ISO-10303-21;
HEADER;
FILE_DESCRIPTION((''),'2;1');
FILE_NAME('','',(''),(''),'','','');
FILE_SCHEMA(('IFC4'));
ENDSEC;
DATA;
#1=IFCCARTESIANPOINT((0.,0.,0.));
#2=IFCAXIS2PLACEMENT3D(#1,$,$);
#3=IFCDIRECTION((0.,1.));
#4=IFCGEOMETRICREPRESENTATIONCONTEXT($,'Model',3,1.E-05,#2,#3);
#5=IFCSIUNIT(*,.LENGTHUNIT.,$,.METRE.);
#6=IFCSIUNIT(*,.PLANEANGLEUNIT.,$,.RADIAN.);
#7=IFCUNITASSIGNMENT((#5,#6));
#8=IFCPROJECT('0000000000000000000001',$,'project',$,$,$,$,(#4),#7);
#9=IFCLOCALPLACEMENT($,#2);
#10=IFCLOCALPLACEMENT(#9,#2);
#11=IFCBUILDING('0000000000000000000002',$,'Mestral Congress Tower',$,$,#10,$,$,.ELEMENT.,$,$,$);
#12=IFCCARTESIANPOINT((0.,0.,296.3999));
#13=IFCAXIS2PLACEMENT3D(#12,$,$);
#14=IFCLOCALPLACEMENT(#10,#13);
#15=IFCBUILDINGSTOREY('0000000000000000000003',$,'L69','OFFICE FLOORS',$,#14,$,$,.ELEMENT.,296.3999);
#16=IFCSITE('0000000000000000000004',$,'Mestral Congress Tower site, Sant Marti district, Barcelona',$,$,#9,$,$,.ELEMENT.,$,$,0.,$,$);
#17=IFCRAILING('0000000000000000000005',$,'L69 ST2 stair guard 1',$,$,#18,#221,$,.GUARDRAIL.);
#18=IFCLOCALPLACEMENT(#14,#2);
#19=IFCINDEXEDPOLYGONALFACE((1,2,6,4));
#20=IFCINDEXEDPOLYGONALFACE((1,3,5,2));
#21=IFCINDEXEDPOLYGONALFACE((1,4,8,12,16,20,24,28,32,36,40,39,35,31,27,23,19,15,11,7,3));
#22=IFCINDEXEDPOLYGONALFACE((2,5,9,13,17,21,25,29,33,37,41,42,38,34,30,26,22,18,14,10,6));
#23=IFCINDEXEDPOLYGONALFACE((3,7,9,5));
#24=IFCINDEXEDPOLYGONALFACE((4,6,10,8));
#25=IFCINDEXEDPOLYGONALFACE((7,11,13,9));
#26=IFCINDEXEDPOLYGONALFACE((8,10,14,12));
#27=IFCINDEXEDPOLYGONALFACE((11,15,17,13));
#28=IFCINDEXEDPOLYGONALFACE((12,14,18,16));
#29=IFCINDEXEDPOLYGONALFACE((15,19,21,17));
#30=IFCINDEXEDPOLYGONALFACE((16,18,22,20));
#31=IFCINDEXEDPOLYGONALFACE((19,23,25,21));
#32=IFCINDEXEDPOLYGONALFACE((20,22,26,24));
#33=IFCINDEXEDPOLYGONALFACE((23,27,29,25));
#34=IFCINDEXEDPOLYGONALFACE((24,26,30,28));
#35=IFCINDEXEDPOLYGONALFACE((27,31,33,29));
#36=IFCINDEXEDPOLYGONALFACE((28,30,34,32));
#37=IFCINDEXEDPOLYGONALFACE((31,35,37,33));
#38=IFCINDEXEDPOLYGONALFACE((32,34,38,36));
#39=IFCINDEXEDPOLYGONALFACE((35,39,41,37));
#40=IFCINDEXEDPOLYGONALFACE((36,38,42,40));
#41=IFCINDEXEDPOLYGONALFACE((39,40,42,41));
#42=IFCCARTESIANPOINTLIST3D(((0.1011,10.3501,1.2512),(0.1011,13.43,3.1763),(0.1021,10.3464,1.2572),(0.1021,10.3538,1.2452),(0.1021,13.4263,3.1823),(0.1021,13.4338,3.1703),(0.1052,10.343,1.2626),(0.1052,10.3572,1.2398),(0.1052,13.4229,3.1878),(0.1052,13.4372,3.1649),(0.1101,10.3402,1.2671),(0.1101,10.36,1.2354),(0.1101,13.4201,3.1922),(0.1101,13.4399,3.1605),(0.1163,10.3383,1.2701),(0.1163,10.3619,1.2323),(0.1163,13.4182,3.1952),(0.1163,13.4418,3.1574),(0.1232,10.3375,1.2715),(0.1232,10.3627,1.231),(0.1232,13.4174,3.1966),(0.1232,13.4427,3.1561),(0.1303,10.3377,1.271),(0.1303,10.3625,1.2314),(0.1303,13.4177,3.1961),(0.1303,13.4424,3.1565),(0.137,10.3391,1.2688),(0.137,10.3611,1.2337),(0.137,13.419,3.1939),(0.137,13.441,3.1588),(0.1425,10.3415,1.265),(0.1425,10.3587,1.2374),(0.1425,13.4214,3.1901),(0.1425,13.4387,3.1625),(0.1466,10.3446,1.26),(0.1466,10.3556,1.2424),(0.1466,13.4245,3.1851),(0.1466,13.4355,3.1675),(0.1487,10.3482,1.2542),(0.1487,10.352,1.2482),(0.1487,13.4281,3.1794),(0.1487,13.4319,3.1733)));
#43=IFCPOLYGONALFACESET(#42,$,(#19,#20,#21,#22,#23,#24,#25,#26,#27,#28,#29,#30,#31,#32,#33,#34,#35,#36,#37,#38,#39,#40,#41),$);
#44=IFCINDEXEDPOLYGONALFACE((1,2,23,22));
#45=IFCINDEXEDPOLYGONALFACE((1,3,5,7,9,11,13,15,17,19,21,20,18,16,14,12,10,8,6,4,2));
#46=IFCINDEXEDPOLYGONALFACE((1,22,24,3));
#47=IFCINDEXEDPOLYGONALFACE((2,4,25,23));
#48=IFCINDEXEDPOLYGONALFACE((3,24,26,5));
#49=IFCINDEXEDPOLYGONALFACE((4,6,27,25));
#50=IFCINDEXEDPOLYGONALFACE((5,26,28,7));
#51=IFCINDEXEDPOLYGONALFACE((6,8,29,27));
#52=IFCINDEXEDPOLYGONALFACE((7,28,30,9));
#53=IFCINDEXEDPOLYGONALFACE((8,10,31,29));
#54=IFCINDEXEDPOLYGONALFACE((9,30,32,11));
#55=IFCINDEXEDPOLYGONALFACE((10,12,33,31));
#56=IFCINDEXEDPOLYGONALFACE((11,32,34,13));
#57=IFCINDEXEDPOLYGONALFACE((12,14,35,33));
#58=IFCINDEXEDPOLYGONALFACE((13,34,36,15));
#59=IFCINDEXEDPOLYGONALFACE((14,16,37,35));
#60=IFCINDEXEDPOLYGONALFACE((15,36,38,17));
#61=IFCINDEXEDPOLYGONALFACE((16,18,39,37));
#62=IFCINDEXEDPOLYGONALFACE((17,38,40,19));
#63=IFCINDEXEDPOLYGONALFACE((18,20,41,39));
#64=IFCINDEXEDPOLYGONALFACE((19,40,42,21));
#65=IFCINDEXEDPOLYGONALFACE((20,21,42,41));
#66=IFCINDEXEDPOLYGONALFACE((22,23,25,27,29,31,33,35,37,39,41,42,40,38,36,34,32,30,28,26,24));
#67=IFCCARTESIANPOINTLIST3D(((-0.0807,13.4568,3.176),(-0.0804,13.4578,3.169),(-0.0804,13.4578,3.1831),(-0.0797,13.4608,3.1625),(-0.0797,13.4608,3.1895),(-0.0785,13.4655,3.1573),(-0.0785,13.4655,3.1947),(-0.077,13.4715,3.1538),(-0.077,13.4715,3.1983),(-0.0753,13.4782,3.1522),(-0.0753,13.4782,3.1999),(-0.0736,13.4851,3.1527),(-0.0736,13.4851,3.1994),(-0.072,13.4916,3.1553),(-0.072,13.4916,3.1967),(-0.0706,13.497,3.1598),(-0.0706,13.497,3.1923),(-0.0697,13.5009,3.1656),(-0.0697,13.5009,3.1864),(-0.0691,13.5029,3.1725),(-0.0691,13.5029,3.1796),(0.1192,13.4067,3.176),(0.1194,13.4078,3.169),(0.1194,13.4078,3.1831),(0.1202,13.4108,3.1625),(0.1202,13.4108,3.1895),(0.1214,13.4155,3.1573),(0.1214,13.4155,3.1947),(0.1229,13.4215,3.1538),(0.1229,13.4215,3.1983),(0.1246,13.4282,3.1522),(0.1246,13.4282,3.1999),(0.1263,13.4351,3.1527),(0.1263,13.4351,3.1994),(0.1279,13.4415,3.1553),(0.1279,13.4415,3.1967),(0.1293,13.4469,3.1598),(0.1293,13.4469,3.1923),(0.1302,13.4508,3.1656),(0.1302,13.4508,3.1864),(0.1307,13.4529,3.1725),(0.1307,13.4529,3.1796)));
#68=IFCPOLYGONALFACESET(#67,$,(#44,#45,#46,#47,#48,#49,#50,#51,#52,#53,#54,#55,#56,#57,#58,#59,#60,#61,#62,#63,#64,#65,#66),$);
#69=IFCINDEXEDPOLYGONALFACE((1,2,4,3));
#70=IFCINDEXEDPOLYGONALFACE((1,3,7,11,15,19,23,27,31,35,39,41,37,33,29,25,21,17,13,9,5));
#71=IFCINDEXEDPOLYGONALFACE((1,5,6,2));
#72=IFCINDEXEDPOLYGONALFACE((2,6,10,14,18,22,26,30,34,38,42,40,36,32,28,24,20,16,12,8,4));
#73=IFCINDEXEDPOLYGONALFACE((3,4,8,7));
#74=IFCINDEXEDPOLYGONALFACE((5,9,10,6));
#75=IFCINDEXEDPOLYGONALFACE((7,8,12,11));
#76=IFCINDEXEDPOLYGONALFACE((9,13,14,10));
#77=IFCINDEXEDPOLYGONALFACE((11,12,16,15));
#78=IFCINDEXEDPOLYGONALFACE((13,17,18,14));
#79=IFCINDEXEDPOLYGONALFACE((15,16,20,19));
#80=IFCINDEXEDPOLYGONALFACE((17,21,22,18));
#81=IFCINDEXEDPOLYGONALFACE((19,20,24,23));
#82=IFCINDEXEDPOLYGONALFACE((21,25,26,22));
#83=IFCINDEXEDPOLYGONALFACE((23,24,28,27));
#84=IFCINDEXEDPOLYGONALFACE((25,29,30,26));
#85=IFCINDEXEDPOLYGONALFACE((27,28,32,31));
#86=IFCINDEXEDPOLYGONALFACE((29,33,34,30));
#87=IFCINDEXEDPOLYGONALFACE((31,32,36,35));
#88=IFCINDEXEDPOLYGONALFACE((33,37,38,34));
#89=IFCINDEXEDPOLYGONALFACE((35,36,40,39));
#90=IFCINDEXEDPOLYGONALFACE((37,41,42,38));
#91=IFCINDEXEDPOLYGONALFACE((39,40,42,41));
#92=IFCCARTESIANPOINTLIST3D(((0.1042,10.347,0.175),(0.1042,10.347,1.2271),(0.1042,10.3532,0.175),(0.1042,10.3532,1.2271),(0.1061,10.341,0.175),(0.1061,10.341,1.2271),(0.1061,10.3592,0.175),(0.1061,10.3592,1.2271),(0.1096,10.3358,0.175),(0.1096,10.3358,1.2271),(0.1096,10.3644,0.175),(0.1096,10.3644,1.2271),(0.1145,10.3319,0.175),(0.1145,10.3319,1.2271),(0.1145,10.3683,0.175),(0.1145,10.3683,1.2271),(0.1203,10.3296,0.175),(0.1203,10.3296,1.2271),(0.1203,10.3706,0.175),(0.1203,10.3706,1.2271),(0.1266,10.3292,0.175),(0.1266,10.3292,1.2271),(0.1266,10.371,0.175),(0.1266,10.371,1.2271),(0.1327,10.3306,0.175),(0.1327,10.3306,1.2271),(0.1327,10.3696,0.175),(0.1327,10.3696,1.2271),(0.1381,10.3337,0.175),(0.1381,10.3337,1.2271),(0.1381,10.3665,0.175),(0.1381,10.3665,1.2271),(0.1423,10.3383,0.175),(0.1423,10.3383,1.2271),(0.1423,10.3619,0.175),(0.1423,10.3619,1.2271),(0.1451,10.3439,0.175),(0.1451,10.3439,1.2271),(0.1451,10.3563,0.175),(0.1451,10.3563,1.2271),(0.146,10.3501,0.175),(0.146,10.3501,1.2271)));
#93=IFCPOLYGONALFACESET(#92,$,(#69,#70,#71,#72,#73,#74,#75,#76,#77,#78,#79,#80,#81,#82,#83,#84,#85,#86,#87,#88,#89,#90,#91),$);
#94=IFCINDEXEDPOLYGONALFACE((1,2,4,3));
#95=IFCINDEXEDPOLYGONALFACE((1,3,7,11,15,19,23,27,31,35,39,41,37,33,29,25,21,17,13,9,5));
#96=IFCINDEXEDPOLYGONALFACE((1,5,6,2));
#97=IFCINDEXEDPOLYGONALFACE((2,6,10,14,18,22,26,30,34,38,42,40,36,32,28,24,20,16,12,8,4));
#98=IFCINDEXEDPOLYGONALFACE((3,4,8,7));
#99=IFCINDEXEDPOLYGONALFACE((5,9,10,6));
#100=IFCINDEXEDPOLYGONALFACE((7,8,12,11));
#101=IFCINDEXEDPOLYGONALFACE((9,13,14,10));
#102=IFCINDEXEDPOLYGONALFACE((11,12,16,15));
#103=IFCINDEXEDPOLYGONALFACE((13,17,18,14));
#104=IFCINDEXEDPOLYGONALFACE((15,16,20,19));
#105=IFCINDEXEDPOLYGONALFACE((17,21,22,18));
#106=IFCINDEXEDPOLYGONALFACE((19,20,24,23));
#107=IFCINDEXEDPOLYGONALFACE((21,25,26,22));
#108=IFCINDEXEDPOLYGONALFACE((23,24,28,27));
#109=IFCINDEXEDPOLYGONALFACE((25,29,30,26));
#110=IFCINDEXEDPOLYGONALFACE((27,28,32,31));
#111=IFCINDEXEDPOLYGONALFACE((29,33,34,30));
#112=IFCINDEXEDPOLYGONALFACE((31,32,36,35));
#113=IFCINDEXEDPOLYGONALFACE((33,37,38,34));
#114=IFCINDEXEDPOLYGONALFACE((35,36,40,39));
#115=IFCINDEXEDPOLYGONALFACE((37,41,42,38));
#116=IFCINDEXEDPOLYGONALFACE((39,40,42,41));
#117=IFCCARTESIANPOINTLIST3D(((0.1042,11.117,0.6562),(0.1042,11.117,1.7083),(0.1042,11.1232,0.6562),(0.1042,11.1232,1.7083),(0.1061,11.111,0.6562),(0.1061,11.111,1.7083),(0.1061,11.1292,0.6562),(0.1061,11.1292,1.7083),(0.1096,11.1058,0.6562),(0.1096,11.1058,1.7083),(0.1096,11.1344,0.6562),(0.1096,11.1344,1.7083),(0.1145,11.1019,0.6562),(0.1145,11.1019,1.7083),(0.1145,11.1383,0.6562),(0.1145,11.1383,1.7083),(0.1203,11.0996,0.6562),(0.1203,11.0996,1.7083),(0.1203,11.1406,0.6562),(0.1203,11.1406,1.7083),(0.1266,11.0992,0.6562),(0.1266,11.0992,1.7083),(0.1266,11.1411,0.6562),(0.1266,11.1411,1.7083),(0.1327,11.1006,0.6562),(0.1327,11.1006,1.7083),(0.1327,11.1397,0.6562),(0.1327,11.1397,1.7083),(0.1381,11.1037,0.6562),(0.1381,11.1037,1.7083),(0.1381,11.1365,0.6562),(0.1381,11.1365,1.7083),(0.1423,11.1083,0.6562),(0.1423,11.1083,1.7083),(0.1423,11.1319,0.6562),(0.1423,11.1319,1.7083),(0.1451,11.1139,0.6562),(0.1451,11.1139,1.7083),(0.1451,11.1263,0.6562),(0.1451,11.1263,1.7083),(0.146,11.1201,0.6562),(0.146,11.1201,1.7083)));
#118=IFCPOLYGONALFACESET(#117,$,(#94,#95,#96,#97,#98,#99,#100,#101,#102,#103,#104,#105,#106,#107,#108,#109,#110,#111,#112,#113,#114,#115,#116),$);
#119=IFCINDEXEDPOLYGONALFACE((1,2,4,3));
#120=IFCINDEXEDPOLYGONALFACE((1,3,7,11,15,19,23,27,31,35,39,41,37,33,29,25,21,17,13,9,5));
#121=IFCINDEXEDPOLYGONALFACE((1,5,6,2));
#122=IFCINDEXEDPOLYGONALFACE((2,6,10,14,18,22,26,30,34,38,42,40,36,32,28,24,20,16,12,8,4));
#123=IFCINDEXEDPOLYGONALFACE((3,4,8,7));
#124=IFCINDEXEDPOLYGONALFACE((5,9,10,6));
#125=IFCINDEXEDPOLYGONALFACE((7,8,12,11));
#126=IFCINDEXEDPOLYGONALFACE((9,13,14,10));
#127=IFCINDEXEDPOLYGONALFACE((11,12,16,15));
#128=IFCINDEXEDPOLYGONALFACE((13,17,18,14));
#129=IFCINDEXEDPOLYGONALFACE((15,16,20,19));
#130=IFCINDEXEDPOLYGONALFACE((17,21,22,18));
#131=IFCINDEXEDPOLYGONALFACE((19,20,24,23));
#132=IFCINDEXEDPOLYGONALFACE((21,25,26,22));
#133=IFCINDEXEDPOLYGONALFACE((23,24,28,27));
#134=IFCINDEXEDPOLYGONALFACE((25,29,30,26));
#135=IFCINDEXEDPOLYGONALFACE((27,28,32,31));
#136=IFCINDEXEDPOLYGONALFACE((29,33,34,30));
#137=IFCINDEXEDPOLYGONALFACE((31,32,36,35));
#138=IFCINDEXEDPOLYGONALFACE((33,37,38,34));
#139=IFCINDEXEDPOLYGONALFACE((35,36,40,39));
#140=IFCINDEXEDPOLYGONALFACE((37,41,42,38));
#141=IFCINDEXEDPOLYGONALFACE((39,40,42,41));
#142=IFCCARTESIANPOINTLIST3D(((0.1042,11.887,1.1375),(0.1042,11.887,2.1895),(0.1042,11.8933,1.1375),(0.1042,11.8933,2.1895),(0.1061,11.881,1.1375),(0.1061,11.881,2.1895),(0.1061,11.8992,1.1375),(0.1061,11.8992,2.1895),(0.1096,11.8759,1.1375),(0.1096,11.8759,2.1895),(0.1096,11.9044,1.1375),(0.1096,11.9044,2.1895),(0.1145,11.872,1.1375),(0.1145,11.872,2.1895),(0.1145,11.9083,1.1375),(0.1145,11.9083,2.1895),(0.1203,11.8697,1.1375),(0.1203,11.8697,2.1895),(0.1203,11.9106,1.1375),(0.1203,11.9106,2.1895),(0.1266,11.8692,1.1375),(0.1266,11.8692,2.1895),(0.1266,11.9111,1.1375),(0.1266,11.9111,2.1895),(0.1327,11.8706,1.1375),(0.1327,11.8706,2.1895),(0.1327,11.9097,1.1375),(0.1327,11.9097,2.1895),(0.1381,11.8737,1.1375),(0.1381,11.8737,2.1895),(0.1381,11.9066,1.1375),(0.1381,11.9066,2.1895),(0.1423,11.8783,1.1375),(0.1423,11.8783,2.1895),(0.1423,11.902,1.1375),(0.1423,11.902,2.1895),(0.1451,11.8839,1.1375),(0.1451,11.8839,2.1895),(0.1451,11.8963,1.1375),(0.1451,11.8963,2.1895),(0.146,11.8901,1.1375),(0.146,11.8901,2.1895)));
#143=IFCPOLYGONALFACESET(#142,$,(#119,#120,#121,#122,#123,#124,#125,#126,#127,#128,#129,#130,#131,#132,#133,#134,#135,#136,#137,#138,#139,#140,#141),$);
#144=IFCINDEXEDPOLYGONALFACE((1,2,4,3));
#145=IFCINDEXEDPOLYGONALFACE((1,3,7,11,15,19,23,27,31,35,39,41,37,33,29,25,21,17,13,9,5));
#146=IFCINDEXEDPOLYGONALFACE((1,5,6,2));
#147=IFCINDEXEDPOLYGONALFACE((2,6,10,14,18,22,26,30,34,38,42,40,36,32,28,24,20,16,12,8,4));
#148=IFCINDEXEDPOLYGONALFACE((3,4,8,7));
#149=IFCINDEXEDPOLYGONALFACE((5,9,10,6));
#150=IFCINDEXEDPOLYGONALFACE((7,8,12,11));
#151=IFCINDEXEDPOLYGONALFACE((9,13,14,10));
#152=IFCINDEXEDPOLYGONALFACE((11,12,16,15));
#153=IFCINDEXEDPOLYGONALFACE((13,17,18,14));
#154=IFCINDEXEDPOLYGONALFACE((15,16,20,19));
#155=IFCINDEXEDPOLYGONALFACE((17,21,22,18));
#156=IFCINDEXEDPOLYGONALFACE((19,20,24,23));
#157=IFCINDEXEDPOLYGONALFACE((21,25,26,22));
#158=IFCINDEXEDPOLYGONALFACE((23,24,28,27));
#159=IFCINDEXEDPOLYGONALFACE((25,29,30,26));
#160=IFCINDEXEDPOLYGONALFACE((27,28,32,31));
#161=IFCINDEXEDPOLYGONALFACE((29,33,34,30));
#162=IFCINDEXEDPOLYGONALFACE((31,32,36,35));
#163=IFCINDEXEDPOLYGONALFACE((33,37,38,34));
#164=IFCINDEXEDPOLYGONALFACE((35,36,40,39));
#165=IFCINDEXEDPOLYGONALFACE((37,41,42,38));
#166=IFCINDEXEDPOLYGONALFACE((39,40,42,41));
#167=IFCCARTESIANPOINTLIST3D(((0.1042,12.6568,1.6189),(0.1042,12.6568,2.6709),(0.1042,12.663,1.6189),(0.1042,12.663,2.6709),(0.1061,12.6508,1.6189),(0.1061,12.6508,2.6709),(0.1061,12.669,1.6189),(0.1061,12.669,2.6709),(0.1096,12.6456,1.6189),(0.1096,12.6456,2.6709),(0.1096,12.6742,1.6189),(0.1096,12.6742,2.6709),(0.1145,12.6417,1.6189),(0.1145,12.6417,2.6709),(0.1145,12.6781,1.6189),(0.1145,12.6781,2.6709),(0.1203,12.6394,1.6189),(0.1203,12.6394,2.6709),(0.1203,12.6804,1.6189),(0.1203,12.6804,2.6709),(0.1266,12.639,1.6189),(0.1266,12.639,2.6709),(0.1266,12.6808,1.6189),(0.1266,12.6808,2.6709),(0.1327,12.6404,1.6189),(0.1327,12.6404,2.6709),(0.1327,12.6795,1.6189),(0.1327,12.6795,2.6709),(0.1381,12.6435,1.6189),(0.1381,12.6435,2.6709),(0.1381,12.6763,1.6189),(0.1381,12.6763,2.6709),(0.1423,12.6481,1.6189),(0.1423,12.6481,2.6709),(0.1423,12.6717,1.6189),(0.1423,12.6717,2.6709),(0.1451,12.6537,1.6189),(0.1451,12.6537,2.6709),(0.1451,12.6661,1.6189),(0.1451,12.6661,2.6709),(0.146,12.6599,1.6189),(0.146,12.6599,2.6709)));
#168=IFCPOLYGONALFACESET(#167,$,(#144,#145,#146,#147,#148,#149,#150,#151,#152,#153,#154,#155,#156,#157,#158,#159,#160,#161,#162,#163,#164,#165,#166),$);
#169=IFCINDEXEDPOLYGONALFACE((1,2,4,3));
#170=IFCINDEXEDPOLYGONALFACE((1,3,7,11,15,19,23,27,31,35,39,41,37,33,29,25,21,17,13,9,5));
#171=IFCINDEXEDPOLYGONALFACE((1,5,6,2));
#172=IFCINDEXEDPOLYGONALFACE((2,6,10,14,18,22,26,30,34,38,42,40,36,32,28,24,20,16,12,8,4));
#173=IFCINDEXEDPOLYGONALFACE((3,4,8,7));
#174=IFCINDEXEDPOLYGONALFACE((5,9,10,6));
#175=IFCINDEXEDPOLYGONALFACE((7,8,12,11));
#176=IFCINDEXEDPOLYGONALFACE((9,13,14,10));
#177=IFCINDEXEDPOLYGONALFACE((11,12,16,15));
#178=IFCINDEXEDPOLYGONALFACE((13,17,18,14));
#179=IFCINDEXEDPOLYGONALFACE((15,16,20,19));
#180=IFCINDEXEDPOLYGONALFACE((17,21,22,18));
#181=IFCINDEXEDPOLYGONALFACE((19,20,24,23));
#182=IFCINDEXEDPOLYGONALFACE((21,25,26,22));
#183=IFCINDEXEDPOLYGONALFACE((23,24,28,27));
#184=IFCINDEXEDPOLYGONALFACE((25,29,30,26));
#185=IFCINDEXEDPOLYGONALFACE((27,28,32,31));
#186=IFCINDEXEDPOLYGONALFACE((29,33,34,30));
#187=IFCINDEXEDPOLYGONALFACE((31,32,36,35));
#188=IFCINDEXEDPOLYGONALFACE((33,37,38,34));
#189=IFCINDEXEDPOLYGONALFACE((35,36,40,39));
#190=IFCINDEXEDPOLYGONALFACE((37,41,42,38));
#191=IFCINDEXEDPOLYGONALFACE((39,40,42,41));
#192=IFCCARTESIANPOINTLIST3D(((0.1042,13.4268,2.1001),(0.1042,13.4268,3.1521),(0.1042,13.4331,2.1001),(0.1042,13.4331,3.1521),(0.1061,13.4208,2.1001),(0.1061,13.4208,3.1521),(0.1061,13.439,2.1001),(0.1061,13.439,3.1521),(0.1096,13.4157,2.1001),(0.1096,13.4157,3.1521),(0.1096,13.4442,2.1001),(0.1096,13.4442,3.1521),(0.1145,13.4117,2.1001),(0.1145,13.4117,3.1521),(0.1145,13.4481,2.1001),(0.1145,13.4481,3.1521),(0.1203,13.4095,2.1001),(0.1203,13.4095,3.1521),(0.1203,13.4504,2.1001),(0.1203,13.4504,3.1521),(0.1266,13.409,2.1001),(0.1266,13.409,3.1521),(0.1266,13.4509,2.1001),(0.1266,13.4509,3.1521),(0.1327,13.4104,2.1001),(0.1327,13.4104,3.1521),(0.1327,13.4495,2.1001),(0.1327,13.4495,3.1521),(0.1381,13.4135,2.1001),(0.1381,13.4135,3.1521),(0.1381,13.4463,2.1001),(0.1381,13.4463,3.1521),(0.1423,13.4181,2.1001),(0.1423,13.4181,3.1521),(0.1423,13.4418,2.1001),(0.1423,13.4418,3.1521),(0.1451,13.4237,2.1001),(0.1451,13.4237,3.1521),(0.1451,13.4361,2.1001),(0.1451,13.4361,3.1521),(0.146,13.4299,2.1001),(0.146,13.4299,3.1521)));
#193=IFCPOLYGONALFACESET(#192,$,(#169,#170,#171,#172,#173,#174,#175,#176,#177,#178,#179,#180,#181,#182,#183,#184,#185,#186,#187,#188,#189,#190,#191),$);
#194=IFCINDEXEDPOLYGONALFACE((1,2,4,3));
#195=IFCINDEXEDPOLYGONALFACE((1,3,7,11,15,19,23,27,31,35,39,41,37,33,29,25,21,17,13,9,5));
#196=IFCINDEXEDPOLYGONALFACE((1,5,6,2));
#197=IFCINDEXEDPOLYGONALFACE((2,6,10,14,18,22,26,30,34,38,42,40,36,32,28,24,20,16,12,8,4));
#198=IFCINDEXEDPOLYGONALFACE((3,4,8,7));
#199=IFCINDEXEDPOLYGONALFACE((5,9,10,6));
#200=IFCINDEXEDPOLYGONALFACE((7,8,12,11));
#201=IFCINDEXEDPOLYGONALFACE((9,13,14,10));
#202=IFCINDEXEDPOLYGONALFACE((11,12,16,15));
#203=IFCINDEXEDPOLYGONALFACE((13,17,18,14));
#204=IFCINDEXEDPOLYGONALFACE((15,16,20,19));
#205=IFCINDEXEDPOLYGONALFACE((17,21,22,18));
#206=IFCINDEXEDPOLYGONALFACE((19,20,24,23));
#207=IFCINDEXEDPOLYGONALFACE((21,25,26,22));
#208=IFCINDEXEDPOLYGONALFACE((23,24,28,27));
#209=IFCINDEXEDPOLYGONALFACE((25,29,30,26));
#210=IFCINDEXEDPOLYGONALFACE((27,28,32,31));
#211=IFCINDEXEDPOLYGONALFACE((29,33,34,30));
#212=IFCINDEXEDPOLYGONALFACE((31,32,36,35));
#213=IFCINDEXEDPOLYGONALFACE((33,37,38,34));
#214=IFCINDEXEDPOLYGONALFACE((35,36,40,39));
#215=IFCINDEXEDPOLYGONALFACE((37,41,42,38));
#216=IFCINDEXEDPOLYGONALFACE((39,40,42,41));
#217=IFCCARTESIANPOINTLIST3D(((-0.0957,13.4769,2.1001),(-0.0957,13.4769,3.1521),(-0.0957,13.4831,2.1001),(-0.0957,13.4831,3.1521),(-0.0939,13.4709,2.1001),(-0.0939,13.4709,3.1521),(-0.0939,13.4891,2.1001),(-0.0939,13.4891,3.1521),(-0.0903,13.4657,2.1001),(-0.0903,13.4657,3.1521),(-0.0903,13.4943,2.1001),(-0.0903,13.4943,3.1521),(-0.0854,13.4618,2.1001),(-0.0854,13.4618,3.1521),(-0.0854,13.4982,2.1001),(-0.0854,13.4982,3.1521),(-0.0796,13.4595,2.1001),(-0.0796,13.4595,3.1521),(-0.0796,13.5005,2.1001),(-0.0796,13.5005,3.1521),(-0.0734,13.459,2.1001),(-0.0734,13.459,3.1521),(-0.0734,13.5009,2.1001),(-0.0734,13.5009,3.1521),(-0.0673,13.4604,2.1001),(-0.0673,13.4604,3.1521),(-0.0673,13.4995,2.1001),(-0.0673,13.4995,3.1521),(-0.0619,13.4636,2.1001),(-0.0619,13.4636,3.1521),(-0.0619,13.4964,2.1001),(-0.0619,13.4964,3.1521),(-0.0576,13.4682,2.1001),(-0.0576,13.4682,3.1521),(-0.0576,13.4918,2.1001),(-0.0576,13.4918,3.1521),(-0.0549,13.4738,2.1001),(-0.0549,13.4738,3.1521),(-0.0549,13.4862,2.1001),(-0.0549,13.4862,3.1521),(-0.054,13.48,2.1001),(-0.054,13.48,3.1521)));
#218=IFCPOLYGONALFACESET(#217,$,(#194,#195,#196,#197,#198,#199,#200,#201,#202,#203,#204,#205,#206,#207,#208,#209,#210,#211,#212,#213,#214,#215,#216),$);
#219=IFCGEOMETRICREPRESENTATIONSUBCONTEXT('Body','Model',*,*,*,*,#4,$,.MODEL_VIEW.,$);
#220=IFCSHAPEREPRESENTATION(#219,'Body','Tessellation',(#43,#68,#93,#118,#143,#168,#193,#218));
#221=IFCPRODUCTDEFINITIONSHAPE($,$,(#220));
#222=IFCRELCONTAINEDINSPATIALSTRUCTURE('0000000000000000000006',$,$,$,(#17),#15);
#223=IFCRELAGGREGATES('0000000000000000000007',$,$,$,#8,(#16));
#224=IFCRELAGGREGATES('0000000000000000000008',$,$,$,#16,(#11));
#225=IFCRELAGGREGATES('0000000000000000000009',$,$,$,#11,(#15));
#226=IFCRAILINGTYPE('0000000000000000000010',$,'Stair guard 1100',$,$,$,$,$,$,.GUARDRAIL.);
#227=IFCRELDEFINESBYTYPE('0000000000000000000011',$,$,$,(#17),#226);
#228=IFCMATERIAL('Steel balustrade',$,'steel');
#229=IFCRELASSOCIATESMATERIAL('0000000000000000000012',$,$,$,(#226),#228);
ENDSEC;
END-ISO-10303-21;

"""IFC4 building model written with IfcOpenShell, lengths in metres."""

from ifc_helpers import new_model, si_unit, direction, frame, origin, origin_2d, place, context, subcontext, project, spatial, circle, extrude, material, type_object, element, save


model = new_model("IFC4")

# Units and contexts
model_context = context("Model", 3, precision=1e-05, world=origin(), true_north=direction((0.0, 1.0)))
body_context = subcontext(model_context, "Body", "Model", "MODEL_VIEW")
ifc_project = project(units=[si_unit("LENGTHUNIT", "METRE"), si_unit("PLANEANGLEUNIT", "RADIAN")], contexts=[model_context])

# Site, building, storey
site_placement = place(None, origin())
site = spatial("IfcSite", under=ifc_project, at=site_placement, Name="Mestral Congress Tower site, Sant Marti district, Barcelona", CompositionType="ELEMENT", RefElevation=0.0)
building_placement = place(site_placement, origin())
building = spatial("IfcBuilding", under=site, at=building_placement, Name="Mestral Congress Tower", CompositionType="ELEMENT")
storey_placement = place(building_placement, frame((0.0, 0.0, 296.3999)))
storey = spatial("IfcBuildingStorey", under=building, at=storey_placement, Name="L69", Description="OFFICE FLOORS", CompositionType="ELEMENT", Elevation=296.3999)

# Railing
ifc_material_1 = material(Name="Steel balustrade", Category="steel")
railing_type_1 = type_object("IfcRailingType", Name="Stair guard 1100", PredefinedType="GUARDRAIL", material=ifc_material_1)
railing_1_placement = place(storey_placement, frame((0.125, 10.3501, 0.175)))
element("IfcRailing", 1, at=railing_1_placement, inside=storey, type_object=railing_type_1, Name="L69 ST2 stair guard 1", PredefinedType="GUARDRAIL", context=body_context, shape_type="SweptSolid", body=[
    extrude(circle(Radius=0.0239, at=origin_2d()), frame((0.0, 0.0, 1.0762), z_axis=(0.0, 0.847979, 0.530029), x_axis=(-1.0, 0.0, 0.0)), (0.0, 0.0, 1.0), 3.6321),
    extrude(circle(Radius=0.0239, at=origin_2d()), frame((0.0, 3.0798, 3.001), z_axis=(-0.970073, 0.242814, 0.0), x_axis=(-0.242814, -0.970073, 0.0)), (0.0, 0.0, 1.0), 0.2061),
    extrude(circle(Radius=0.021, at=origin_2d()), origin(), (0.0, 0.0, 1.0), 1.052),
    extrude(circle(Radius=0.021, at=origin_2d()), frame((0.0, 0.77, 0.4812)), (0.0, 0.0, 1.0), 1.052),
    extrude(circle(Radius=0.021, at=origin_2d()), frame((0.0, 1.54, 0.9624)), (0.0, 0.0, 1.0), 1.052),
    extrude(circle(Radius=0.021, at=origin_2d()), frame((0.0, 2.3098, 1.4438)), (0.0, 0.0, 1.0), 1.052),
    extrude(circle(Radius=0.021, at=origin_2d()), frame((0.0, 3.0798, 1.925)), (0.0, 0.0, 1.0), 1.052),
    extrude(circle(Radius=0.021, at=origin_2d()), frame((-0.2, 3.1299, 1.925)), (0.0, 0.0, 1.0), 1.052),
])

save(model, "model.ifc")
